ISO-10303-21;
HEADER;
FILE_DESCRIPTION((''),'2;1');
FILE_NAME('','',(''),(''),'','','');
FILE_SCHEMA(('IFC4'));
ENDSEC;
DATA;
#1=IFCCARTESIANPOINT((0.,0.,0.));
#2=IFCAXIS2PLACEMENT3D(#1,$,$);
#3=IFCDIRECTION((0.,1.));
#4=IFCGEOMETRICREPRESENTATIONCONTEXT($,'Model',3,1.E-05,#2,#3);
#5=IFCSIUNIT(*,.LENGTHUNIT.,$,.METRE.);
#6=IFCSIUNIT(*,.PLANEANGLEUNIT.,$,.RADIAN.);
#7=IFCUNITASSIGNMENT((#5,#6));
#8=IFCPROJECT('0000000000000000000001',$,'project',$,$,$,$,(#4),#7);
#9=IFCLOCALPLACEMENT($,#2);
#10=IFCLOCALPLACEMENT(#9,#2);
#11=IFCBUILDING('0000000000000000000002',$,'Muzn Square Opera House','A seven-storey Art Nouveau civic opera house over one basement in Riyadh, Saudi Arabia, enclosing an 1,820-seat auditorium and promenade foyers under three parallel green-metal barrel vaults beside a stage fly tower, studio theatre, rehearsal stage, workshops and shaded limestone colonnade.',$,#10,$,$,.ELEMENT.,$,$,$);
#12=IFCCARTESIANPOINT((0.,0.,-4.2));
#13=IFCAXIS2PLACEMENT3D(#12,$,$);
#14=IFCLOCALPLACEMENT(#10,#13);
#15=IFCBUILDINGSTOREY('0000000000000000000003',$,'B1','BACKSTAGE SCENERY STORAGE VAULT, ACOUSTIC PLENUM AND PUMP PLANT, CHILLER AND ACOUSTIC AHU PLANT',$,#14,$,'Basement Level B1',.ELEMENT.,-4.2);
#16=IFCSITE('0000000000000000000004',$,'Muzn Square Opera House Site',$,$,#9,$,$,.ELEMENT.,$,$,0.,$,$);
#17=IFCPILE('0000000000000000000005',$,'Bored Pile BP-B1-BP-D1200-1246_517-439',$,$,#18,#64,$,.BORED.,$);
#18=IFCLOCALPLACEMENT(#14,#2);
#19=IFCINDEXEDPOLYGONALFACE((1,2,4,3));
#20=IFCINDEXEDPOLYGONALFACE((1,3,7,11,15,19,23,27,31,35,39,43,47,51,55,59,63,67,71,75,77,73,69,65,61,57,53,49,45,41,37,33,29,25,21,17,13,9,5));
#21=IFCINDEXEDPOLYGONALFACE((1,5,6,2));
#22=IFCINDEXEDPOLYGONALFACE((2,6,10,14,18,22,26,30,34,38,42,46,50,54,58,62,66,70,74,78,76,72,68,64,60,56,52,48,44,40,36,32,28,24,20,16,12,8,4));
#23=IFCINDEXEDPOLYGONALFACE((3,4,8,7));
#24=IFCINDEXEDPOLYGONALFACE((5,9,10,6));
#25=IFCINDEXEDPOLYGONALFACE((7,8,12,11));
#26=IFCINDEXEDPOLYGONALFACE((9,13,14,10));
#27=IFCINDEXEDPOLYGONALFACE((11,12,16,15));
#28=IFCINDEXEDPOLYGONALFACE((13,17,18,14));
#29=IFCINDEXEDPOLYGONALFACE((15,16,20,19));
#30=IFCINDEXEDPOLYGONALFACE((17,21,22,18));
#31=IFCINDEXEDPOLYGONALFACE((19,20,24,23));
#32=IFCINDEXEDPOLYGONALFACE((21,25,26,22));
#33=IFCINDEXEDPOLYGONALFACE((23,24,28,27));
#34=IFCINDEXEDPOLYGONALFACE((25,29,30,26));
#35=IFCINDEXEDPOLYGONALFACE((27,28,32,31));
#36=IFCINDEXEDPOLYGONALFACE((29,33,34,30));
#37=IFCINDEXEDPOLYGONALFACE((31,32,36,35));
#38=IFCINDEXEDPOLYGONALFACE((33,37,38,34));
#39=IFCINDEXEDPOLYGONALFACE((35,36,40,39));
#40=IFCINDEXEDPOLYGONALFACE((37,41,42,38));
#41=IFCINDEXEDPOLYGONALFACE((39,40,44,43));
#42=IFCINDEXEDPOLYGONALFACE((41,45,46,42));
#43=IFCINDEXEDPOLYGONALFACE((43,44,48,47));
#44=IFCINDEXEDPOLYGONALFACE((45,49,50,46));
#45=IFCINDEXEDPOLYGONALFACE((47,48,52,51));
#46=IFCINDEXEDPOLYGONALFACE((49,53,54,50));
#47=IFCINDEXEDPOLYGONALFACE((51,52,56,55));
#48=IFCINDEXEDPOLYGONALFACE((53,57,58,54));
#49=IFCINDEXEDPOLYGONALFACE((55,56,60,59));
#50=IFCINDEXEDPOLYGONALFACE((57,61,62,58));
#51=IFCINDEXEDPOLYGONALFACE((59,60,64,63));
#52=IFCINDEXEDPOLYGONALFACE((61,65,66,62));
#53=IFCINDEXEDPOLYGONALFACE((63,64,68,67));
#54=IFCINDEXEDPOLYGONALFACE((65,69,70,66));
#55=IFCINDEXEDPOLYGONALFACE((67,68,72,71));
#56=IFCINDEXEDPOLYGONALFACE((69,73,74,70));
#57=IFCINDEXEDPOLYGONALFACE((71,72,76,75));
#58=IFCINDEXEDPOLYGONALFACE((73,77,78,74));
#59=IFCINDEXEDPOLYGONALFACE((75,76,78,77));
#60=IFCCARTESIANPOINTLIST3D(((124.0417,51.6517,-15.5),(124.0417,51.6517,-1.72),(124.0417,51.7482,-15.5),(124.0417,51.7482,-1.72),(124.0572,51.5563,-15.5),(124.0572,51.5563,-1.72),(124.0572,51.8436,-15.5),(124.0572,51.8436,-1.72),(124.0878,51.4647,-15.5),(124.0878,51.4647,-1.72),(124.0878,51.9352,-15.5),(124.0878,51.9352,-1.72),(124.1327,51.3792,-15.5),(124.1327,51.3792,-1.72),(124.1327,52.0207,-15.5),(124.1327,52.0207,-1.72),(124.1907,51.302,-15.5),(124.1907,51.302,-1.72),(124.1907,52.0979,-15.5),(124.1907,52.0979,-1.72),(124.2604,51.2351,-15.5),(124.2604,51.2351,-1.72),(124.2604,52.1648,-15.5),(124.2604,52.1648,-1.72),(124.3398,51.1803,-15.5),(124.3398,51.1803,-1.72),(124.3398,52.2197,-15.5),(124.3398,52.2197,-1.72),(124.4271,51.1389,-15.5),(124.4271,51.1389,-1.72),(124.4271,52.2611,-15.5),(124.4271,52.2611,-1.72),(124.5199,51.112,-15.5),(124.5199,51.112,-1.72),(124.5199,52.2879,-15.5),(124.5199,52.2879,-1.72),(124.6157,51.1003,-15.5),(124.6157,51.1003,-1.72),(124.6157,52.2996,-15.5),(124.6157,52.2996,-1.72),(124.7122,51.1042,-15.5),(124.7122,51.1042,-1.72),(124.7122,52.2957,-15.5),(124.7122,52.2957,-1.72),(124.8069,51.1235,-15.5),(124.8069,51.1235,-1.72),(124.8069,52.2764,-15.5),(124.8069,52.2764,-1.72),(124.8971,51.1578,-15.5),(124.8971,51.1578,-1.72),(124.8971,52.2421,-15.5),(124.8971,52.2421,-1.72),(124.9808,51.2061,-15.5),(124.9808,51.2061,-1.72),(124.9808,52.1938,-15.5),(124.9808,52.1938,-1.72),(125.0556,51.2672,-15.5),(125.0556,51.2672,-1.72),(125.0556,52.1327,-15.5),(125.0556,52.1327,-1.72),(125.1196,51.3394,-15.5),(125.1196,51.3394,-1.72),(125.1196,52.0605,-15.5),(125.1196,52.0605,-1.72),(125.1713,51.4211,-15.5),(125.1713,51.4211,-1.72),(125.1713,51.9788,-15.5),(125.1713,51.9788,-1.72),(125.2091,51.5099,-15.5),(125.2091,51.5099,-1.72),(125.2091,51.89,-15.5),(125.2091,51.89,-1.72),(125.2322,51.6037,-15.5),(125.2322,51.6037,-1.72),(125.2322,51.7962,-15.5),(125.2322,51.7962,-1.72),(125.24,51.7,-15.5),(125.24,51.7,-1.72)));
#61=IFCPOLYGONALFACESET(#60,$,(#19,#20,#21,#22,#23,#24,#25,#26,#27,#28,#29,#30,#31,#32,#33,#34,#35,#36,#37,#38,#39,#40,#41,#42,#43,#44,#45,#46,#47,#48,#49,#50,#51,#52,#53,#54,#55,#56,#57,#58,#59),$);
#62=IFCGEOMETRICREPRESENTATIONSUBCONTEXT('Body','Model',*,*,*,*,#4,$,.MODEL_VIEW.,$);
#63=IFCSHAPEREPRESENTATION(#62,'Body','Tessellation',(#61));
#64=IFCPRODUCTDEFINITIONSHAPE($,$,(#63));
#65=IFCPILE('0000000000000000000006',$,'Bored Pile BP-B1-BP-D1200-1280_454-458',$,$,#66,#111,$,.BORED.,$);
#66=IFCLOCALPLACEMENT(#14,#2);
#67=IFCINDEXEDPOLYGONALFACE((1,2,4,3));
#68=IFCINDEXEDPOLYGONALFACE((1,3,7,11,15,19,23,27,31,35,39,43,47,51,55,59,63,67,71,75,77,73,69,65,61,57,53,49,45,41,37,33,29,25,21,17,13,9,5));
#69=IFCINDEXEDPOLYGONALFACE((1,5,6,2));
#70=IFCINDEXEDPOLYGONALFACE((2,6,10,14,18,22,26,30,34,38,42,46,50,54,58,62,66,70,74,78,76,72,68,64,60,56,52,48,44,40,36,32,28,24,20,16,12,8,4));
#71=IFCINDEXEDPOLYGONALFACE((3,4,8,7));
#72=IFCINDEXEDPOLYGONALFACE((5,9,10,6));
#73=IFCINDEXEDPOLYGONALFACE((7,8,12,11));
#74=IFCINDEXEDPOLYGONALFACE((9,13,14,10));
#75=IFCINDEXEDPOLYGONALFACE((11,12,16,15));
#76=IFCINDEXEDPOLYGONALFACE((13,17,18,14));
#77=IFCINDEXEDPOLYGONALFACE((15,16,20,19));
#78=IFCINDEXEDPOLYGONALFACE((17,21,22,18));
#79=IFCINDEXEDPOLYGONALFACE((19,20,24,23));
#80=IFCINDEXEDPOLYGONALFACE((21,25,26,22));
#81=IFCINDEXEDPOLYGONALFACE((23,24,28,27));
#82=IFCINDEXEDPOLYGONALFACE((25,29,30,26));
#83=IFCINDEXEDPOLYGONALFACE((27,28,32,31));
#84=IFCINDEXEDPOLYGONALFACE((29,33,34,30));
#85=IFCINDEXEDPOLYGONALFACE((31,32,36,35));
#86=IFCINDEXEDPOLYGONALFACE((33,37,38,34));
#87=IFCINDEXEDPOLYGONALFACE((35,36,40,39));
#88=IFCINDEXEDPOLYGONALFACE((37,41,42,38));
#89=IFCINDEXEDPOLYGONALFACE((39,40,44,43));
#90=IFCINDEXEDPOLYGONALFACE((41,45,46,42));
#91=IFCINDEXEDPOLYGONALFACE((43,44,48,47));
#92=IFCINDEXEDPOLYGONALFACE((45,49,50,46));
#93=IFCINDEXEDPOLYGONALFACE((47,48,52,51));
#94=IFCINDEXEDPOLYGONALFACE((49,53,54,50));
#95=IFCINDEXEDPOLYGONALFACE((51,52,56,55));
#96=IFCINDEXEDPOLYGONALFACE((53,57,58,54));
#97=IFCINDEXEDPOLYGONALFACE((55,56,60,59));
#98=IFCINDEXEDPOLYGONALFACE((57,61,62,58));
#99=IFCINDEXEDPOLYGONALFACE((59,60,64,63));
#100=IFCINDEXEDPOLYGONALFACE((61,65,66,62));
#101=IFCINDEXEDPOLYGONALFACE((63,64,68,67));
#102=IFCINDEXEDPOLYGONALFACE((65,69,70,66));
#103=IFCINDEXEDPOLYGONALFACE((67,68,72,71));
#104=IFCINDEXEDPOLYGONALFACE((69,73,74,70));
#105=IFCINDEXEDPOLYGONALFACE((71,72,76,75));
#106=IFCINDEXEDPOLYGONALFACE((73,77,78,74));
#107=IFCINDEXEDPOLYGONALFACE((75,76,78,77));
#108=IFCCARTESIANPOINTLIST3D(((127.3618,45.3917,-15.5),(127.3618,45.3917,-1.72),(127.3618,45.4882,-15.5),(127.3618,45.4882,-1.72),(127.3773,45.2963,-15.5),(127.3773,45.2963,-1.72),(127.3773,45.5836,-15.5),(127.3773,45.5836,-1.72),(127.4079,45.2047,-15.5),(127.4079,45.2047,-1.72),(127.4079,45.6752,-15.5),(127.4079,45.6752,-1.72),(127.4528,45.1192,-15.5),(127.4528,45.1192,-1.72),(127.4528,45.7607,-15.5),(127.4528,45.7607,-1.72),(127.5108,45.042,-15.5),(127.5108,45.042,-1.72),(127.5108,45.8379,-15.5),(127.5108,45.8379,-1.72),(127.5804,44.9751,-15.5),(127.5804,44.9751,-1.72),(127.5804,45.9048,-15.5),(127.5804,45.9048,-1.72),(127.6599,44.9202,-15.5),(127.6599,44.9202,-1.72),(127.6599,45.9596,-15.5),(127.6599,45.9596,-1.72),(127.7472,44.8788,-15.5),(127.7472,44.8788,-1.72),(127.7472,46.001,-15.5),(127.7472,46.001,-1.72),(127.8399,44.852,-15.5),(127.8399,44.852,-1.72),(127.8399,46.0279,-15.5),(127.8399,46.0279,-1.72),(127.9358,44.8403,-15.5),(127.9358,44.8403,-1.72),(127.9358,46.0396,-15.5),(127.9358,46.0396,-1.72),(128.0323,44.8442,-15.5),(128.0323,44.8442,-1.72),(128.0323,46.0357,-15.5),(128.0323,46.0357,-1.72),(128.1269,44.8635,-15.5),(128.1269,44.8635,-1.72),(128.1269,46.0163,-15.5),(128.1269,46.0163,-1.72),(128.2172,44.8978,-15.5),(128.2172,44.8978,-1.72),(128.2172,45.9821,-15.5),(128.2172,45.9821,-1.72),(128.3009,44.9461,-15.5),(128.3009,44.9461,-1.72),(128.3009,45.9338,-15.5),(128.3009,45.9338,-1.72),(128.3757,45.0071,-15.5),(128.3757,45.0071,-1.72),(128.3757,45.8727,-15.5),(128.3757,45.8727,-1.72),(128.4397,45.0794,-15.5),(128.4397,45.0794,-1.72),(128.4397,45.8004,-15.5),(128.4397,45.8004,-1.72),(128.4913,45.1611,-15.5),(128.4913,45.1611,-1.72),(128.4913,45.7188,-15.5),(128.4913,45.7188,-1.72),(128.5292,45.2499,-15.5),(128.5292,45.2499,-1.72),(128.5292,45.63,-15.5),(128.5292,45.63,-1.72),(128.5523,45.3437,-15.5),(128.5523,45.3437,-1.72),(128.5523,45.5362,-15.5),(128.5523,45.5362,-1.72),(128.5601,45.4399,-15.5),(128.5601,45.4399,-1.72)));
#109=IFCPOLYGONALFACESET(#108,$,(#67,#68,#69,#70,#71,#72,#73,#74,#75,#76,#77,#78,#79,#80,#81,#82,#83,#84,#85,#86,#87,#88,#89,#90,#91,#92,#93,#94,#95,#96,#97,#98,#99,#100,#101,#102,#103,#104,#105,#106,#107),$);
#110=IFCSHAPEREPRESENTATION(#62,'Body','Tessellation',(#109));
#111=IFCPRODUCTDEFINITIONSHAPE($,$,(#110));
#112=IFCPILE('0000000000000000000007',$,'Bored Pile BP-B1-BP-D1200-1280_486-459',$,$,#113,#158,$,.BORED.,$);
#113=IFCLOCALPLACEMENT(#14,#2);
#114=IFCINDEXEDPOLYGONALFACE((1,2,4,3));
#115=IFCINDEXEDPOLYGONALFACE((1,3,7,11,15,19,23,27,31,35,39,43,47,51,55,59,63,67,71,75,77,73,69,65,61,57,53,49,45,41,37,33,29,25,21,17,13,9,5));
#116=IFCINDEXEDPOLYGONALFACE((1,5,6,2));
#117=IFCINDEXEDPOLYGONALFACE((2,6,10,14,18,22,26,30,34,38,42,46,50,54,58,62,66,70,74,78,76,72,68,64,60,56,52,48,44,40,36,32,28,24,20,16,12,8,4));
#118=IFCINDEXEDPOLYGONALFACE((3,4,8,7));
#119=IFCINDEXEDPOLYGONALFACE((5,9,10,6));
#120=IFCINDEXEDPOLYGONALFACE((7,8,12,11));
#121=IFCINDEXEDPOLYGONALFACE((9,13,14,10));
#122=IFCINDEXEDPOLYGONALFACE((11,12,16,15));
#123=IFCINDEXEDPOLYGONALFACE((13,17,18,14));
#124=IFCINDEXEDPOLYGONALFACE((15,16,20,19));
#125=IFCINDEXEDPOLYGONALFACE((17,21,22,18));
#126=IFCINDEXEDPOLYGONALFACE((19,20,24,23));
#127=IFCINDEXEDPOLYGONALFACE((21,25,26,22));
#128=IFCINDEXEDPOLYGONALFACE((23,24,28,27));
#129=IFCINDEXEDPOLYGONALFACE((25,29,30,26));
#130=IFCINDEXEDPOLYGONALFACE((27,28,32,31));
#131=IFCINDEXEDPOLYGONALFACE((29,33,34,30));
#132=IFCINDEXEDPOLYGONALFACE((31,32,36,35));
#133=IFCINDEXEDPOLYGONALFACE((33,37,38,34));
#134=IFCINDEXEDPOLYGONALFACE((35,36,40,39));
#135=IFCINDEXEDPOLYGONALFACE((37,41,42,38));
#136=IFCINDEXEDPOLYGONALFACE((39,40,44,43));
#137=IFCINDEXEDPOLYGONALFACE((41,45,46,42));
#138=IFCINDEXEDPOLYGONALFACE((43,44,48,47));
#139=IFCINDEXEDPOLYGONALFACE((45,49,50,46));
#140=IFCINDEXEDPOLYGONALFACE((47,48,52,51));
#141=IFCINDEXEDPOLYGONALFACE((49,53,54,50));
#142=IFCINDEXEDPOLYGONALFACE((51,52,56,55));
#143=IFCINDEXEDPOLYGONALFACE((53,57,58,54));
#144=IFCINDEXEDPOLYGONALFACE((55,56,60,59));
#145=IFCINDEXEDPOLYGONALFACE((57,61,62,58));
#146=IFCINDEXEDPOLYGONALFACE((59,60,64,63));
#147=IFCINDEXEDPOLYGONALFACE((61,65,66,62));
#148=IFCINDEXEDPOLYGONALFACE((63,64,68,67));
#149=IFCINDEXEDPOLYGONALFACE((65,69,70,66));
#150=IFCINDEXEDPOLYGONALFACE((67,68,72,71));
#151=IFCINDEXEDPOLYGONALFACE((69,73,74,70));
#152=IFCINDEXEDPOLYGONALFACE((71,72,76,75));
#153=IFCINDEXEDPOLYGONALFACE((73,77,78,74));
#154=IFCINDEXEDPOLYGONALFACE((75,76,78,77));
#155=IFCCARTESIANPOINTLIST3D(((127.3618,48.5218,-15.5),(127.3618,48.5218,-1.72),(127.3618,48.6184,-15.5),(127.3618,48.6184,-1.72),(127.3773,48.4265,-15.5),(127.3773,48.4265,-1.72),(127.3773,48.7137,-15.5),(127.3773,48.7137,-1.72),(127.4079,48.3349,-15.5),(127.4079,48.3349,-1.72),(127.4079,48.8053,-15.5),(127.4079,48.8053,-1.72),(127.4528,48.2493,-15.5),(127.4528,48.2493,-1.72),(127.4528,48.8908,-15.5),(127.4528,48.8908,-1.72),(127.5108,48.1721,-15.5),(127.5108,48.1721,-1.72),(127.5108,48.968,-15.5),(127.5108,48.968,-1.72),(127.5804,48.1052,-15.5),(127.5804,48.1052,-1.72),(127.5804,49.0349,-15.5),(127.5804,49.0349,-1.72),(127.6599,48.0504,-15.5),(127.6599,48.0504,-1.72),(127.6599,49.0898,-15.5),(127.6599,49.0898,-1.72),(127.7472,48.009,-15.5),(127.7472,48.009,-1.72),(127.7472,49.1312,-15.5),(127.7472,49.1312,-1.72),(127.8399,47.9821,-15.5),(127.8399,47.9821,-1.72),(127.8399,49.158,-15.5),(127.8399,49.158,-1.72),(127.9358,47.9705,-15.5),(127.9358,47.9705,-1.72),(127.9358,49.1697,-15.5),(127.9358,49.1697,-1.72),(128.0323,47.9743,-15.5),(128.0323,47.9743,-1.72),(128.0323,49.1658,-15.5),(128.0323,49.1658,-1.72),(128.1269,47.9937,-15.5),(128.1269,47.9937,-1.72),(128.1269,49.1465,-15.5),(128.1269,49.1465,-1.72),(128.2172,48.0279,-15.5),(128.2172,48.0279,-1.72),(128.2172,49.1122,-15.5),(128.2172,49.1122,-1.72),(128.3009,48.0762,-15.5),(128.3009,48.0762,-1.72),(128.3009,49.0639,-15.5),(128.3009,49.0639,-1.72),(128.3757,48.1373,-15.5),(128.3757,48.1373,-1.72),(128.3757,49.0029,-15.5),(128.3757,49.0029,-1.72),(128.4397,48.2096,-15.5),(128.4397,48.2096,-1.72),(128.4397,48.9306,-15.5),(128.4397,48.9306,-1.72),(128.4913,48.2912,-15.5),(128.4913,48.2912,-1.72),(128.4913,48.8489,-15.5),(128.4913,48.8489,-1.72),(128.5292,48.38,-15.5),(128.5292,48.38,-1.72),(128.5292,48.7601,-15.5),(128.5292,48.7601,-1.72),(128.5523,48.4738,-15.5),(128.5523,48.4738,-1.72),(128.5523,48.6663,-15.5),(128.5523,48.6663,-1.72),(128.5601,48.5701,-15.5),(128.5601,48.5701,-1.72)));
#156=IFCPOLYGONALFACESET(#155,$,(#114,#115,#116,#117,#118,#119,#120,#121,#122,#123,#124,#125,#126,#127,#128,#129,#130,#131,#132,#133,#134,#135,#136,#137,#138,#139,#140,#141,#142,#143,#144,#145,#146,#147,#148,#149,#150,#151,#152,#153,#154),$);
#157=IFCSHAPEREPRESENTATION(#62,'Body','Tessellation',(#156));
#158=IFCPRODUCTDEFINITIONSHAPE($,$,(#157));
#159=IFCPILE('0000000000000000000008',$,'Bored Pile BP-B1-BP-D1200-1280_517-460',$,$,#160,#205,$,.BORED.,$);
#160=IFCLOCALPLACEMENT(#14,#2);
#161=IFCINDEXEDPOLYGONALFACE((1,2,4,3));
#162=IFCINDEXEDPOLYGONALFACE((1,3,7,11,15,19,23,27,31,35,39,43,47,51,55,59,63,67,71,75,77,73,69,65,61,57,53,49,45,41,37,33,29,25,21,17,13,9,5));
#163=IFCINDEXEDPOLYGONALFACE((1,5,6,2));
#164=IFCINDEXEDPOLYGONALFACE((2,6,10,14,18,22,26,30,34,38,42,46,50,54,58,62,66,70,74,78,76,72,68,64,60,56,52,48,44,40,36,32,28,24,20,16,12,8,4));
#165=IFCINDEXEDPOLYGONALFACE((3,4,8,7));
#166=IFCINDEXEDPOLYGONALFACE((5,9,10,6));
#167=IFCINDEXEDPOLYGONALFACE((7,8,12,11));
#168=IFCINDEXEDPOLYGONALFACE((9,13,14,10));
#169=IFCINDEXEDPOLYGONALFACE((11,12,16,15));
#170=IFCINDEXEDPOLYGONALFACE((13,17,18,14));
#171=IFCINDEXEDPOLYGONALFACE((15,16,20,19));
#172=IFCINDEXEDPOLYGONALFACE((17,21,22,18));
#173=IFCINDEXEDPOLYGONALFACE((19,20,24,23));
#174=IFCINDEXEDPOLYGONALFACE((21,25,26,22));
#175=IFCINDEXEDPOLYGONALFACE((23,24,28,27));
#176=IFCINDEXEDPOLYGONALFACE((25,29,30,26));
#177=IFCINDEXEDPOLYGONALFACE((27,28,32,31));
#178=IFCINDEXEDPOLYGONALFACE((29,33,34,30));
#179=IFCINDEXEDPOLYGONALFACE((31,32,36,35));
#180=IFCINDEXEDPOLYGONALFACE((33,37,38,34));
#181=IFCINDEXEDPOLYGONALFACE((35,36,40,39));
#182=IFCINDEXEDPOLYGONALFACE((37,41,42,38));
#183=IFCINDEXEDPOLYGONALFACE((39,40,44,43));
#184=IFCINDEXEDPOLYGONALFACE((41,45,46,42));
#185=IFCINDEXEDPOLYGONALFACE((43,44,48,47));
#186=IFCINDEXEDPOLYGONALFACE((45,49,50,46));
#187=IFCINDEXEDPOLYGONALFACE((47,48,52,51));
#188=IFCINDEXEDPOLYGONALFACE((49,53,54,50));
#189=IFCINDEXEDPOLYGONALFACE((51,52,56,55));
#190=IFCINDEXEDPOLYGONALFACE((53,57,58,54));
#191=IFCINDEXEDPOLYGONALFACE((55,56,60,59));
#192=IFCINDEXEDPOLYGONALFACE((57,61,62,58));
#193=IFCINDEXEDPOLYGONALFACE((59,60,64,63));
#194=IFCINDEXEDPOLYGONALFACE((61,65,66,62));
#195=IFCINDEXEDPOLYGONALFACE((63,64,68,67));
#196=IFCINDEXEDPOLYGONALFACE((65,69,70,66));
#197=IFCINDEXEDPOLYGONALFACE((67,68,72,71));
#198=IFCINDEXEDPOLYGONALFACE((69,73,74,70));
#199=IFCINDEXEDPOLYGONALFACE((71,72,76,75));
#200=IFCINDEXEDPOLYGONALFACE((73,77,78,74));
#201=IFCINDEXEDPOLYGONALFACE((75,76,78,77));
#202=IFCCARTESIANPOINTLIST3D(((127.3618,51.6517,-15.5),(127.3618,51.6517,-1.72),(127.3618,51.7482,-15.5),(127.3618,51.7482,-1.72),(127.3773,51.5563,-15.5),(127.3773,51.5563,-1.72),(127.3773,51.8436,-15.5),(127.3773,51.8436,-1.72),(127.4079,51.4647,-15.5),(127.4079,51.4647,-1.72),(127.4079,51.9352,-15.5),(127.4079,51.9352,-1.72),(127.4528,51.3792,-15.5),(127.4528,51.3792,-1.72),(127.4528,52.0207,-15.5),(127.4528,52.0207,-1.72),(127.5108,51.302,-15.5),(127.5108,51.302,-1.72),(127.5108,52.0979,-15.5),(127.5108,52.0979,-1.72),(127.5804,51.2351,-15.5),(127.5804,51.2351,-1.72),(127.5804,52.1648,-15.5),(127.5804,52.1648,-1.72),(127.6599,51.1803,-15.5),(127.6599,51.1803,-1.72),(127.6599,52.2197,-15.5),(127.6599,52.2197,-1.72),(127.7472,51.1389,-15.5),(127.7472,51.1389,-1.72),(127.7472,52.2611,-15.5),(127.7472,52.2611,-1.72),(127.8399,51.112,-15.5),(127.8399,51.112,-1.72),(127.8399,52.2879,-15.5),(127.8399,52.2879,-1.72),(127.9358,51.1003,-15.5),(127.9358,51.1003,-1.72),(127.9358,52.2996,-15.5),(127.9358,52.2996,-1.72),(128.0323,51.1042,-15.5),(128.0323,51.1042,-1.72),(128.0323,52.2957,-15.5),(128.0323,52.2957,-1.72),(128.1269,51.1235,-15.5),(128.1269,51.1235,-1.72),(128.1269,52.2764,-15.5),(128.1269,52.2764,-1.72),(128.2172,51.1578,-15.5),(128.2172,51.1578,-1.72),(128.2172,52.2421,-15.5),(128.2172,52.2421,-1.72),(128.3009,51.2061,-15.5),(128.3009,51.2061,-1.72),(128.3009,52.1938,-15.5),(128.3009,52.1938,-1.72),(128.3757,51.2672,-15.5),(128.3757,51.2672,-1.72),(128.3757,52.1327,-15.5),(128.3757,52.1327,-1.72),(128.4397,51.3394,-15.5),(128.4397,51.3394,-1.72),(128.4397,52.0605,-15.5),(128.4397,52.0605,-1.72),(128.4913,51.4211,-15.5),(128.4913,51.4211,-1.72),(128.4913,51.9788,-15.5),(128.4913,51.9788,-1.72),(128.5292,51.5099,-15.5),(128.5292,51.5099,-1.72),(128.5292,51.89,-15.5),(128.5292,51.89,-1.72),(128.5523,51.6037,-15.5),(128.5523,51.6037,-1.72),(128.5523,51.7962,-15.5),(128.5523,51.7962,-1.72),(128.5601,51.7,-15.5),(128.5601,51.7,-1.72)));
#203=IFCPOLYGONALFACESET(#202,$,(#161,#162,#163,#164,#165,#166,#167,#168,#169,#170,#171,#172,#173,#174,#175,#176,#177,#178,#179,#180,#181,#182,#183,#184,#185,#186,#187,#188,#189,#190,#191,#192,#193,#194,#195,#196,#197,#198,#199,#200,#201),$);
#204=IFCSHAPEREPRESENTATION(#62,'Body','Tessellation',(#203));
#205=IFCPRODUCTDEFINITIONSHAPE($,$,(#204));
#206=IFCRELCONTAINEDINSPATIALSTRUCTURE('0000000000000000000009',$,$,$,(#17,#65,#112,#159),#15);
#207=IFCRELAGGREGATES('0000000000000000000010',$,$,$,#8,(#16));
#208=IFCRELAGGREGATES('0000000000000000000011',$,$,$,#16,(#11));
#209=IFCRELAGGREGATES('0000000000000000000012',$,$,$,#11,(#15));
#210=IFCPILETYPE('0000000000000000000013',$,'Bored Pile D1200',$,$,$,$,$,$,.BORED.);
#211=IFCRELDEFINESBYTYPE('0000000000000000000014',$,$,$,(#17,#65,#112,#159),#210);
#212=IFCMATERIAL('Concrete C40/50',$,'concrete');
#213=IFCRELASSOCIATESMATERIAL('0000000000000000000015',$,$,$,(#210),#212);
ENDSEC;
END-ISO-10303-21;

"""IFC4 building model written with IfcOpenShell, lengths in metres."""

from ifc_helpers import new_model, si_unit, direction, frame, origin, origin_2d, place, context, subcontext, project, spatial, circle, extrude, material, material_profile, profile_set, type_object, element, save


model = new_model("IFC4")

# Units and contexts
model_context = context("Model", 3, precision=1e-05, world=origin(), true_north=direction((0.0, 1.0)))
body_context = subcontext(model_context, "Body", "Model", "MODEL_VIEW")
ifc_project = project(units=[si_unit("LENGTHUNIT", "METRE"), si_unit("PLANEANGLEUNIT", "RADIAN")], contexts=[model_context])

# Site, building, storey
site_placement = place(None, origin())
site = spatial("IfcSite", under=ifc_project, at=site_placement, Name="Muzn Square Opera House Site", CompositionType="ELEMENT", RefElevation=0.0)
building_placement = place(site_placement, origin())
building = spatial("IfcBuilding", under=site, at=building_placement, Name="Muzn Square Opera House", Description="A seven-storey Art Nouveau civic opera house over one basement in Riyadh, Saudi Arabia, enclosing an 1,820-seat auditorium and promenade foyers under three parallel green-metal barrel vaults beside a stage fly tower, studio theatre, rehearsal stage, workshops and shaded limestone colonnade.", CompositionType="ELEMENT")
storey_placement = place(building_placement, frame((0.0, 0.0, -4.2)))
storey = spatial("IfcBuildingStorey", under=building, at=storey_placement, Name="B1", Description="BACKSTAGE SCENERY STORAGE VAULT, ACOUSTIC PLENUM AND PUMP PLANT, CHILLER AND ACOUSTIC AHU PLANT", LongName="Basement Level B1", CompositionType="ELEMENT", Elevation=-4.2)

# Piles
ifc_material_1 = material(Name="Concrete C40/50", Category="concrete")
ifc_material_profile_1 = material_profile(ifc_material_1, circle(Radius=0.6001, at=origin_2d()), Name="BORED PILE D1200", Category="concrete")
ifc_profile_set_1 = profile_set([ifc_material_profile_1], Name="Concrete C40/50")
pile_type = type_object("IfcPileType", Name="Bored Pile D1200", PredefinedType="BORED", material=ifc_profile_set_1)
for number, where, z_axis, x_axis, name in (
    (1, (124.6399, 51.7, -1.72), (0.0, 0.0, -1.0), (1.0, 0.0, 0.0), "Bored Pile BP-B1-BP-D1200-1246_517-439"),
    (2, (127.96, 45.4399, -1.72), (0.0, 0.0, -1.0), (1.0, 0.0, 0.0), "Bored Pile BP-B1-BP-D1200-1280_454-458"),
    (3, (127.96, 48.5701, -1.72), (0.0, 0.0, -1.0), (1.0, 0.0, 0.0), "Bored Pile BP-B1-BP-D1200-1280_486-459"),
    (4, (127.96, 51.7, -1.72), (0.0, 0.0, -1.0), (1.0, 0.0, 0.0), "Bored Pile BP-B1-BP-D1200-1280_517-460"),
):
    element("IfcPile", number, at=place(storey_placement, frame(where, z_axis=z_axis, x_axis=x_axis)), inside=storey, type_object=pile_type, Name=name, PredefinedType="BORED", context=body_context, shape_type="SweptSolid", body=[
        extrude(circle(Radius=0.6001, at=origin_2d()), origin(), (0.0, 0.0, 1.0), 13.78),
    ])

save(model, "model.ifc")
